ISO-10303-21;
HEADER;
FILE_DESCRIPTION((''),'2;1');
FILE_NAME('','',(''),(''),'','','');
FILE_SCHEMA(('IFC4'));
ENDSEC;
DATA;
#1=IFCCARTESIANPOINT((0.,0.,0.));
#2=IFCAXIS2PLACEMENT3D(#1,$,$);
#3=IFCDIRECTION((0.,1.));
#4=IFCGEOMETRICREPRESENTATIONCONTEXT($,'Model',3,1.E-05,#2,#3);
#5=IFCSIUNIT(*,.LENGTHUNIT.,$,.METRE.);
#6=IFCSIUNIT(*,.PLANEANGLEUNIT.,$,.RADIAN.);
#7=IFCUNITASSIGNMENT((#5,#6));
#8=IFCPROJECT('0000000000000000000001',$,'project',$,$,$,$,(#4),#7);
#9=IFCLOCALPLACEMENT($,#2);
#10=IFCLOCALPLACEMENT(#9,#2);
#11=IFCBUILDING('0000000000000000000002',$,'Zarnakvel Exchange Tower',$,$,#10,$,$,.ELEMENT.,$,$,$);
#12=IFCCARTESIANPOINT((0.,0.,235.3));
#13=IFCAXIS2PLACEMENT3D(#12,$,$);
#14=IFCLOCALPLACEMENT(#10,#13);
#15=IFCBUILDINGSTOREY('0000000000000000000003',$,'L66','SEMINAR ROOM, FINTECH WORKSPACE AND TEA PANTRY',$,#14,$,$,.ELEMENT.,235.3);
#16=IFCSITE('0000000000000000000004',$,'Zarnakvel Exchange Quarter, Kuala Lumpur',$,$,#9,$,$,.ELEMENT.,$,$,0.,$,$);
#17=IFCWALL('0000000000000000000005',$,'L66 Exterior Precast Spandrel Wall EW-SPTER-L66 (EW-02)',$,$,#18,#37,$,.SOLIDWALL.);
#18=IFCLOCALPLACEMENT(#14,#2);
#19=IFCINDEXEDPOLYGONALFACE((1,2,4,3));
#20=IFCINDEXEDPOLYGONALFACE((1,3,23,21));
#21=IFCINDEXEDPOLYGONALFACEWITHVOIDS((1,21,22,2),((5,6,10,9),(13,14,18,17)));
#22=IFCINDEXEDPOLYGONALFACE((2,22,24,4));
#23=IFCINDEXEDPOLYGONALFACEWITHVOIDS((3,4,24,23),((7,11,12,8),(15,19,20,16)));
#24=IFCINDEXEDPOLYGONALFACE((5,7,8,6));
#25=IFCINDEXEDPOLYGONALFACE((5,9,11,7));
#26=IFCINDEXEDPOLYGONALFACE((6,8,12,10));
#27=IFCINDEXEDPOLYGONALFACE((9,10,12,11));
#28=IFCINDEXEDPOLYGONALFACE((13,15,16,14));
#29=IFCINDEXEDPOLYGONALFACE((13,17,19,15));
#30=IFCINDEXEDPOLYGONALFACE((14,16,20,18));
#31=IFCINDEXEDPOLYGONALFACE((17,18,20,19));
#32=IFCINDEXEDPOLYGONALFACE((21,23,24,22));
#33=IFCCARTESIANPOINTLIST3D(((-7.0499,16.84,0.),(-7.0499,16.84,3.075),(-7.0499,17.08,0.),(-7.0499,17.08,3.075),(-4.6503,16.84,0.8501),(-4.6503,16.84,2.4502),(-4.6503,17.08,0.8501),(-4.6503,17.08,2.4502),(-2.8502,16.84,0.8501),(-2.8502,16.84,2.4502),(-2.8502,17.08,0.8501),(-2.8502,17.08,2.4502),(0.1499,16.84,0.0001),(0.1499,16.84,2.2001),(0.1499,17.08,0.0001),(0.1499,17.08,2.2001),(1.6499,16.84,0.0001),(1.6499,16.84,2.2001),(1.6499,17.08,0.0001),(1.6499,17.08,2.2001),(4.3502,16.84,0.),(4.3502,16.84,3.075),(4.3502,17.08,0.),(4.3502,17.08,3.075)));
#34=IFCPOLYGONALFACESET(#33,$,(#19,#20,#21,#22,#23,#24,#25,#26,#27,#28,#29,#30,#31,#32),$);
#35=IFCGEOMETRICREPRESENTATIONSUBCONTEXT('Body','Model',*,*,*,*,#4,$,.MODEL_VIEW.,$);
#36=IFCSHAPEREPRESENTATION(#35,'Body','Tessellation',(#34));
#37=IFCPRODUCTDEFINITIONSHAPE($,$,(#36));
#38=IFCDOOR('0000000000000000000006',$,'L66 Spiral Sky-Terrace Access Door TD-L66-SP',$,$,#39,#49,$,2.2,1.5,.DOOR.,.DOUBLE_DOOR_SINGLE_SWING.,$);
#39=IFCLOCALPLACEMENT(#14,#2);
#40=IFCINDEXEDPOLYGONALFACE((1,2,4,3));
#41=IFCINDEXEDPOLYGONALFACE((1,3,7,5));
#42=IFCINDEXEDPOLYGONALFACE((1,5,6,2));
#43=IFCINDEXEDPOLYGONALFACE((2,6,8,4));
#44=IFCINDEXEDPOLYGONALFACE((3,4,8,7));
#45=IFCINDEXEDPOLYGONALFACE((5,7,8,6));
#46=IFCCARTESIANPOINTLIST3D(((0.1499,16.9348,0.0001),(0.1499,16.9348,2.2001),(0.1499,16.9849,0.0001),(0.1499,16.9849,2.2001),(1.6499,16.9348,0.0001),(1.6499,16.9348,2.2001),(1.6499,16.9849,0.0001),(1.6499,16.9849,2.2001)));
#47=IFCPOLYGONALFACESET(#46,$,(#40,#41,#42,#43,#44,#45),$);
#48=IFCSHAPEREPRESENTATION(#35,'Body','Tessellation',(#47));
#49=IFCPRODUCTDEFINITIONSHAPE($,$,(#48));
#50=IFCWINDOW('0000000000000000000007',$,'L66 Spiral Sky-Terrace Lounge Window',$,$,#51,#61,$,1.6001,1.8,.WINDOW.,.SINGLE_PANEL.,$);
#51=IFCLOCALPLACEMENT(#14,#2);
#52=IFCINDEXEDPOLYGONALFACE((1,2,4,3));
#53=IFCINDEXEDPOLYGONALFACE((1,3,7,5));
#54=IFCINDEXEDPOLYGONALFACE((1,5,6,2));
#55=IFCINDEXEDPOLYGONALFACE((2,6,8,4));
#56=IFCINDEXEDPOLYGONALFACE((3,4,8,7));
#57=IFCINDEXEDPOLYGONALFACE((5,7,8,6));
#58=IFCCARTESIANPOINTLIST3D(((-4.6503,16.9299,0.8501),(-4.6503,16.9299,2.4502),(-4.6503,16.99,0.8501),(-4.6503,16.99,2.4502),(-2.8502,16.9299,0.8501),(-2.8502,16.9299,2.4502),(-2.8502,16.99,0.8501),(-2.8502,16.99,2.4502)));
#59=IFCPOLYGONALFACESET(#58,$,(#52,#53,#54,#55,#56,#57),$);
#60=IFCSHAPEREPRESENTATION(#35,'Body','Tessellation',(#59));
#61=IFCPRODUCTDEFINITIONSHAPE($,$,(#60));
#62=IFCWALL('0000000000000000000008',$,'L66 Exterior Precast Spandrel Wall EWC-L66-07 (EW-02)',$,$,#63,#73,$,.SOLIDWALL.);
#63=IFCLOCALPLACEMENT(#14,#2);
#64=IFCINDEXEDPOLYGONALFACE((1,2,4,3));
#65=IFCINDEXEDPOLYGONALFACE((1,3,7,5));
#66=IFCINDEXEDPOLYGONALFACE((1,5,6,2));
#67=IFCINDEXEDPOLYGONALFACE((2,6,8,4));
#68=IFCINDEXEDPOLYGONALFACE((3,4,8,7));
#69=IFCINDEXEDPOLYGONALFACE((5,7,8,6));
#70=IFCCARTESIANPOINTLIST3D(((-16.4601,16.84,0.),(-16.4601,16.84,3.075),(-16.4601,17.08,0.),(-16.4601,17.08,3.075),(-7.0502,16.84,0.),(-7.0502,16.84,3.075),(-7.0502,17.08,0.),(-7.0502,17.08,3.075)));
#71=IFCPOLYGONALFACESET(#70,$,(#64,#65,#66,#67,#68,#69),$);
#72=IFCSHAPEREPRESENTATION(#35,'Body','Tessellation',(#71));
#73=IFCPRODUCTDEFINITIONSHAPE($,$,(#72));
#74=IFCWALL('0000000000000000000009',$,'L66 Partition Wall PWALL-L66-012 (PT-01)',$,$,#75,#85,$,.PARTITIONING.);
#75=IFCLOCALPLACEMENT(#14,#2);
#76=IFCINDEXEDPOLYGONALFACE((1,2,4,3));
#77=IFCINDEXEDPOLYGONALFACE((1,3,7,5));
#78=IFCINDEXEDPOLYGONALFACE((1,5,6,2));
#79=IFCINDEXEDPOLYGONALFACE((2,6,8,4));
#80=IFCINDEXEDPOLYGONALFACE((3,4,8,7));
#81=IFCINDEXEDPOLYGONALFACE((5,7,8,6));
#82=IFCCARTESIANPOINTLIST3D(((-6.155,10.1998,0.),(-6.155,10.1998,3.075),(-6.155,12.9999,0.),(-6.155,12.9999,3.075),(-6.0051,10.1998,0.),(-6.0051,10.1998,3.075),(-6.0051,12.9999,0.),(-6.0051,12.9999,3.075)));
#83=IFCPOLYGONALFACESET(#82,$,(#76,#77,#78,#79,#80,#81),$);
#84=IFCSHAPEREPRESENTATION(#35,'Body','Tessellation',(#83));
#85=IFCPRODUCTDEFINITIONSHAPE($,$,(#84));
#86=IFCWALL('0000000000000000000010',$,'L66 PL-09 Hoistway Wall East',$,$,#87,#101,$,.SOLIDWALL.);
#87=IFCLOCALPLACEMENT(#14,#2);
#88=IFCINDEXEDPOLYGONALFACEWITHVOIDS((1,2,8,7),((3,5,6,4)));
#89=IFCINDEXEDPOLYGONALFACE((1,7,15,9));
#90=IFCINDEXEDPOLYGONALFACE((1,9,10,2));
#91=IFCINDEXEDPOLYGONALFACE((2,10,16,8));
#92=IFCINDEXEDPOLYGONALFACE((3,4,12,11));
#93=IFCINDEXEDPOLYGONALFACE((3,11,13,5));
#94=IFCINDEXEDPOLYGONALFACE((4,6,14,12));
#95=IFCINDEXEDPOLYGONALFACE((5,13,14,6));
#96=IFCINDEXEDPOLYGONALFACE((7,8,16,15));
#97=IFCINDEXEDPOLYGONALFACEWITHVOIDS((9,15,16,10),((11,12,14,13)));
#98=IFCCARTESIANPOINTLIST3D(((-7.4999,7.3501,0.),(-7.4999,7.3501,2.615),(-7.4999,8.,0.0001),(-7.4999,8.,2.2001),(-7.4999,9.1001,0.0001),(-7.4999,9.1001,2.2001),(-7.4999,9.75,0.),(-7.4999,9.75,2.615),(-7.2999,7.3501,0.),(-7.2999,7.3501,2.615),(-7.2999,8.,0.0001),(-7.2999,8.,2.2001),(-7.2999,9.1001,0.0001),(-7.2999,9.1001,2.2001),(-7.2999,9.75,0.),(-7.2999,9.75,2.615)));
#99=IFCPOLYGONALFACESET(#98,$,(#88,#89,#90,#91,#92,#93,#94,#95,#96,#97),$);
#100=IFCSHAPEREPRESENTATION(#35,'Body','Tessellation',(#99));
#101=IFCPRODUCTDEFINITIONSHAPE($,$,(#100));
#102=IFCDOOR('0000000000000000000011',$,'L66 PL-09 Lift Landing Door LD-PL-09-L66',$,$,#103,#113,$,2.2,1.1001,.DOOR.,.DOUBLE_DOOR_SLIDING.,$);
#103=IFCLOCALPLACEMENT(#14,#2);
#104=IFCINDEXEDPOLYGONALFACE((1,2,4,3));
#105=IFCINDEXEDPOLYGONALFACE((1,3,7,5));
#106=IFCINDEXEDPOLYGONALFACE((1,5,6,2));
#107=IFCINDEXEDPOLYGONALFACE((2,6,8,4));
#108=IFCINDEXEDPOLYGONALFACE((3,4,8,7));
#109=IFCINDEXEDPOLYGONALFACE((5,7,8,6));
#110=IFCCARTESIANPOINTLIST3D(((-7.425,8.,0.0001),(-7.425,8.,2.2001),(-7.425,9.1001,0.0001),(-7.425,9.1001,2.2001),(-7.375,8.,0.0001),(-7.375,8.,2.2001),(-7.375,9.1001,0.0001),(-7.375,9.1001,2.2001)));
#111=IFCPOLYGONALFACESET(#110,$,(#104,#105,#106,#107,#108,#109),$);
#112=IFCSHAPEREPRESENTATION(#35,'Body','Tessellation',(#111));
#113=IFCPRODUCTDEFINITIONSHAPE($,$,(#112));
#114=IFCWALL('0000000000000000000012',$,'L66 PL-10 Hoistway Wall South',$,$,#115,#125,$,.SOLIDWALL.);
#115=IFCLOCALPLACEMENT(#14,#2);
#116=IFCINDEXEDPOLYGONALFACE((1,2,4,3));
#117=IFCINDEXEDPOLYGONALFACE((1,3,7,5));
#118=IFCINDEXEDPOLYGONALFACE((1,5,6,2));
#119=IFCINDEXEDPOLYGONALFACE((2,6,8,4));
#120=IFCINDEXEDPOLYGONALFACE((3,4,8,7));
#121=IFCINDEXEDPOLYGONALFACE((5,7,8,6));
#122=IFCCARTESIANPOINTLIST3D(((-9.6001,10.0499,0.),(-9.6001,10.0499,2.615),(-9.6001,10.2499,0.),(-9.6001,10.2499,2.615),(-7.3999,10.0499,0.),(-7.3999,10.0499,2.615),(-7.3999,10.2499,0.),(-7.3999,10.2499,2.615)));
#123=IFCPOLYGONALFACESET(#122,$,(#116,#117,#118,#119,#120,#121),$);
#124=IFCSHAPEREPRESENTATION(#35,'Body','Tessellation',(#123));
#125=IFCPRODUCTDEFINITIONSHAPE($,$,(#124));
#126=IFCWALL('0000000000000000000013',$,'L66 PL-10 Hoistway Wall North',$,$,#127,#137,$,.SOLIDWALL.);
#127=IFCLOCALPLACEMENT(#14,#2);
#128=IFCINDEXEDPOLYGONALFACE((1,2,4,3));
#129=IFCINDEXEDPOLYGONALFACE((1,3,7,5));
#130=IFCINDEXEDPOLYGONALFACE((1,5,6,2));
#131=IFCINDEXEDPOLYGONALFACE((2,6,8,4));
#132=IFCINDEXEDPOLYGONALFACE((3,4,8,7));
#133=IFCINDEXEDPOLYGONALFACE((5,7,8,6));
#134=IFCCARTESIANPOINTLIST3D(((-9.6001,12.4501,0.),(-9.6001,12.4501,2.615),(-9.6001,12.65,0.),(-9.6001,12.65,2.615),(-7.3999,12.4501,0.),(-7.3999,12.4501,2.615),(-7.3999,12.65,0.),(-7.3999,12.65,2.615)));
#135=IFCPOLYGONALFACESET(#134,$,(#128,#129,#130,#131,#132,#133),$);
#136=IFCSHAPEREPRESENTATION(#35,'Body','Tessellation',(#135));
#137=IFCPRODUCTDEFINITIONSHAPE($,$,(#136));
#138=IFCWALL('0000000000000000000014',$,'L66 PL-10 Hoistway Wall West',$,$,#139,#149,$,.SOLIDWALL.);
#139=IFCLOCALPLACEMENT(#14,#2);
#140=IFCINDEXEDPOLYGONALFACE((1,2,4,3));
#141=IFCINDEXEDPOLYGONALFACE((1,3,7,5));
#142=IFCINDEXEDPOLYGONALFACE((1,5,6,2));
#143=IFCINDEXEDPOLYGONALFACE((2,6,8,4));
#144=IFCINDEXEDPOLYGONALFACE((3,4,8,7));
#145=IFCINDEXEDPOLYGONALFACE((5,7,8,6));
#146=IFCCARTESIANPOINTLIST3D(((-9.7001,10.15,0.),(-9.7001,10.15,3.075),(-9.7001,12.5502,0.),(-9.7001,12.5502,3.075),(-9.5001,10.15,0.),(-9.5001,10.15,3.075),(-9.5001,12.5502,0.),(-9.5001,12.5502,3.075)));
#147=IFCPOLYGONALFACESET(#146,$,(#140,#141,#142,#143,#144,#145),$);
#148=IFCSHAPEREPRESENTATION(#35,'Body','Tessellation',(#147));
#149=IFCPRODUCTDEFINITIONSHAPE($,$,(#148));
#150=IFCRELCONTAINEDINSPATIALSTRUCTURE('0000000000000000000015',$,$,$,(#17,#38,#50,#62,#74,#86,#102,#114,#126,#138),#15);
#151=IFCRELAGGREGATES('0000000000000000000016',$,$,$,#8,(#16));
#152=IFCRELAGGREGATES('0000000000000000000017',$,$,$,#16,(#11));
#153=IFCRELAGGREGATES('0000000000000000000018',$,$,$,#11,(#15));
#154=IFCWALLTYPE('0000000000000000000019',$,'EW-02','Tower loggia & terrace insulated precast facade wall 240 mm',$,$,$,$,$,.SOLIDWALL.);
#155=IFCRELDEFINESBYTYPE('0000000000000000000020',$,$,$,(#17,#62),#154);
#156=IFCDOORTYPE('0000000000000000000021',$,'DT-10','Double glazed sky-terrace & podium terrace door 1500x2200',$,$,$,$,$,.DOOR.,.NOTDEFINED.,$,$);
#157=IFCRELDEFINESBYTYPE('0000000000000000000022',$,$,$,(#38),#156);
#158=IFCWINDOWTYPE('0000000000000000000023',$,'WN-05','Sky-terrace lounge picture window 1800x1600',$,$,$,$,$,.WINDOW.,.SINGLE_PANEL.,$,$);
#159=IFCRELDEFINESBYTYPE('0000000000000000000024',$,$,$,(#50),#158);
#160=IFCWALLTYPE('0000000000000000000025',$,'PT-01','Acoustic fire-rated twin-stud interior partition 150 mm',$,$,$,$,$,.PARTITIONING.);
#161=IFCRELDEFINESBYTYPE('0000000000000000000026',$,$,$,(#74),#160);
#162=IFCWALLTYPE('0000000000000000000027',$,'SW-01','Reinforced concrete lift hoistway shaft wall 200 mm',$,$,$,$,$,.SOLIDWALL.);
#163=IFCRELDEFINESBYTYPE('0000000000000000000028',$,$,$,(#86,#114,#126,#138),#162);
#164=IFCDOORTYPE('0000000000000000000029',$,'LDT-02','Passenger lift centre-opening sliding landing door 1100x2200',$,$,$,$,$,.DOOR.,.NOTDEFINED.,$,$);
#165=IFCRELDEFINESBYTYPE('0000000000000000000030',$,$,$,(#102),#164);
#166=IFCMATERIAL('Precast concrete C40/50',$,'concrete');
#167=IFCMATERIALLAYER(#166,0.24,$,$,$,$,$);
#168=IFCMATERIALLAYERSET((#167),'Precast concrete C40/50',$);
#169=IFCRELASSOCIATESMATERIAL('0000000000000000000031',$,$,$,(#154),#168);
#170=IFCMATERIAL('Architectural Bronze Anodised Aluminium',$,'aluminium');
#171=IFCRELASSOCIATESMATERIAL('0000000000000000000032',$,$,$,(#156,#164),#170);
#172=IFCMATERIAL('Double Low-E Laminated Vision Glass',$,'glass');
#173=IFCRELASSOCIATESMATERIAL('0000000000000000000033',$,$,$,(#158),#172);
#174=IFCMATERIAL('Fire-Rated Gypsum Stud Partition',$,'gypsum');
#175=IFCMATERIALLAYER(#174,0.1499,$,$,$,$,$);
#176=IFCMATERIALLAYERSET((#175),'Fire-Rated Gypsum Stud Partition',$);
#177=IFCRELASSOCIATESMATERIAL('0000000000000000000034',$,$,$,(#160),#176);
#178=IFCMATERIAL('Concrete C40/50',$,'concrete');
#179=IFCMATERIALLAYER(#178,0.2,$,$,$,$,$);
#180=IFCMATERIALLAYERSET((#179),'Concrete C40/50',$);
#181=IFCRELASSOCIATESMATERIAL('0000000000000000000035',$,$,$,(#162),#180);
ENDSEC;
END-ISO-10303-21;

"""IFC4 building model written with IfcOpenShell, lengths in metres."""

from ifc_helpers import new_model, si_unit, direction, frame, frame_2d, origin, place, context, subcontext, project, spatial, rectangle, extrude, source, transform, mapped, material, layer, layer_set, type_object, element, fill, save


model = new_model("IFC4")

# Units and contexts
model_context = context("Model", 3, precision=1e-05, world=origin(), true_north=direction((0.0, 1.0)))
body_context = subcontext(model_context, "Body", "Model", "MODEL_VIEW")
ifc_project = project(units=[si_unit("LENGTHUNIT", "METRE"), si_unit("PLANEANGLEUNIT", "RADIAN")], contexts=[model_context])

# Site, building, storey
site_placement = place(None, origin())
site = spatial("IfcSite", under=ifc_project, at=site_placement, Name="Zarnakvel Exchange Quarter, Kuala Lumpur", CompositionType="ELEMENT", RefElevation=0.0)
building_placement = place(site_placement, origin())
building = spatial("IfcBuilding", under=site, at=building_placement, Name="Zarnakvel Exchange Tower", CompositionType="ELEMENT")
storey_placement = place(building_placement, frame((0.0, 0.0, 235.3)))
storey = spatial("IfcBuildingStorey", under=building, at=storey_placement, Name="L66", Description="SEMINAR ROOM, FINTECH WORKSPACE AND TEA PANTRY", CompositionType="ELEMENT", Elevation=235.3)

# Wall, openings, door, window
ifc_material_1 = material(Name="Precast concrete C40/50", Category="concrete")
ifc_layer_1 = layer(ifc_material_1, 0.24)
ifc_layer_set_1 = layer_set([ifc_layer_1], Name="Precast concrete C40/50")
wall_type_1 = type_object("IfcWallType", Name="EW-02", Description="Tower loggia & terrace insulated precast facade wall 240 mm", PredefinedType="SOLIDWALL", material=ifc_layer_set_1)
wall_1_placement = place(storey_placement, frame((-7.05, 16.96, 0.0), z_axis=(0.0, 0.0, 1.0), x_axis=(1.0, 0.0, 0.0)))
wall_1 = element("IfcWall", 1, at=wall_1_placement, inside=storey, type_object=wall_type_1, Name="L66 Exterior Precast Spandrel Wall EW-SPTER-L66 (EW-02)", PredefinedType="SOLIDWALL", context=body_context, shape_type="SweptSolid", body=[
    extrude(rectangle(XDim=11.4001, YDim=0.24, at=frame_2d((5.7002, 0.0))), origin(), (0.0, 0.0, 1.0), 3.075),
])
opening_1_placement = place(wall_1_placement, frame((7.2, 0.0, 0.0)))
opening_1 = element("IfcOpeningElement", 2, at=opening_1_placement, cuts=wall_1, PredefinedType="OPENING", context=body_context, shape_type="SweptSolid", body=[
    extrude(rectangle(XDim=1.5, YDim=2.2, at=frame_2d((0.75, 1.1001))), frame((0.0, 0.1299, 0.0), z_axis=(0.0, -1.0, 0.0), x_axis=(1.0, 0.0, 0.0)), (0.0, 0.0, 1.0), 0.26),
])
opening_2_placement = place(wall_1_placement, frame((2.3999, 0.0, 0.8501)))
opening_2 = element("IfcOpeningElement", 3, at=opening_2_placement, cuts=wall_1, PredefinedType="OPENING", context=body_context, shape_type="SweptSolid", body=[
    extrude(rectangle(XDim=1.8, YDim=1.6001, at=frame_2d((0.8999, 0.8))), frame((0.0, 0.1299, 0.0), z_axis=(0.0, -1.0, 0.0), x_axis=(1.0, 0.0, 0.0)), (0.0, 0.0, 1.0), 0.26),
])
ifc_material_2 = material(Name="Architectural Bronze Anodised Aluminium", Category="aluminium")
door_type_1 = type_object("IfcDoorType", Name="DT-10", Description="Double glazed sky-terrace & podium terrace door 1500x2200", OperationType="NOTDEFINED", PredefinedType="DOOR", material=ifc_material_2)
shared_shape_1 = source(origin(), body_context, "Body", "SweptSolid", [
    extrude(rectangle(XDim=1.5, YDim=2.2, at=frame_2d((0.75, 1.1001))), frame((0.0, 0.0249, 0.0), z_axis=(0.0, -1.0, 0.0), x_axis=(1.0, 0.0, 0.0)), (0.0, 0.0, 1.0), 0.05),
])
door_1_placement = place(opening_1_placement, origin())
door_1 = element("IfcDoor", 4, at=door_1_placement, inside=storey, type_object=door_type_1, Name="L66 Spiral Sky-Terrace Access Door TD-L66-SP", OperationType="DOUBLE_DOOR_SINGLE_SWING", OverallHeight=2.2, OverallWidth=1.5, PredefinedType="DOOR", context=body_context, shape_type="MappedRepresentation", body=[
    mapped(shared_shape_1, transform((0.0, 0.0, 0.0), x_axis=(1.0, 0.0, 0.0), y_axis=(0.0, 1.0, 0.0), z_axis=(0.0, 0.0, 1.0), scale=1.0)),
])
fill(opening_1, door_1)
ifc_material_3 = material(Name="Double Low-E Laminated Vision Glass", Category="glass")
window_type = type_object("IfcWindowType", Name="WN-05", Description="Sky-terrace lounge picture window 1800x1600", PartitioningType="SINGLE_PANEL", PredefinedType="WINDOW", material=ifc_material_3)
shared_shape_2 = source(origin(), body_context, "Body", "SweptSolid", [
    extrude(rectangle(XDim=1.8, YDim=1.6001, at=frame_2d((0.8999, 0.8))), frame((0.0, 0.03, 0.0), z_axis=(0.0, -1.0, 0.0), x_axis=(1.0, 0.0, 0.0)), (0.0, 0.0, 1.0), 0.0601),
])
window_placement = place(opening_2_placement, origin())
window = element("IfcWindow", 5, at=window_placement, inside=storey, type_object=window_type, Name="L66 Spiral Sky-Terrace Lounge Window", OverallHeight=1.6001, OverallWidth=1.8, PartitioningType="SINGLE_PANEL", PredefinedType="WINDOW", context=body_context, shape_type="MappedRepresentation", body=[
    mapped(shared_shape_2, transform((0.0, 0.0, 0.0), x_axis=(1.0, 0.0, 0.0), y_axis=(0.0, 1.0, 0.0), z_axis=(0.0, 0.0, 1.0), scale=1.0)),
])
fill(opening_2, window)

# Walls
wall_2_placement = place(storey_placement, frame((-7.05, 16.96, 0.0), z_axis=(0.0, 0.0, 1.0), x_axis=(-1.0, 0.0, 0.0)))
element("IfcWall", 6, at=wall_2_placement, inside=storey, type_object=wall_type_1, Name="L66 Exterior Precast Spandrel Wall EWC-L66-07 (EW-02)", PredefinedType="SOLIDWALL", context=body_context, shape_type="SweptSolid", body=[
    extrude(rectangle(XDim=9.4099, YDim=0.24, at=frame_2d((4.7051, 0.0))), origin(), (0.0, 0.0, 1.0), 3.075),
])
ifc_material_4 = material(Name="Fire-Rated Gypsum Stud Partition", Category="gypsum")
ifc_layer_2 = layer(ifc_material_4, 0.1499)
ifc_layer_set_2 = layer_set([ifc_layer_2], Name="Fire-Rated Gypsum Stud Partition")
wall_type_2 = type_object("IfcWallType", Name="PT-01", Description="Acoustic fire-rated twin-stud interior partition 150 mm", PredefinedType="PARTITIONING", material=ifc_layer_set_2)
wall_3_placement = place(storey_placement, frame((-6.0801, 10.2, 0.0), z_axis=(0.0, 0.0, 1.0), x_axis=(0.0, 1.0, 0.0)))
element("IfcWall", 7, at=wall_3_placement, inside=storey, type_object=wall_type_2, Name="L66 Partition Wall PWALL-L66-012 (PT-01)", PredefinedType="PARTITIONING", context=body_context, shape_type="SweptSolid", body=[
    extrude(rectangle(XDim=2.8, YDim=0.1499, at=frame_2d((1.3999, 0.0))), origin(), (0.0, 0.0, 1.0), 3.075),
])

# Wall, opening, door
ifc_material_5 = material(Name="Concrete C40/50", Category="concrete")
ifc_layer_3 = layer(ifc_material_5, 0.2)
ifc_layer_set_3 = layer_set([ifc_layer_3], Name="Concrete C40/50")
wall_type_3 = type_object("IfcWallType", Name="SW-01", Description="Reinforced concrete lift hoistway shaft wall 200 mm", PredefinedType="SOLIDWALL", material=ifc_layer_set_3)
wall_4_placement = place(storey_placement, frame((-7.3999, 9.75, 0.0), z_axis=(0.0, 0.0, 1.0), x_axis=(0.0, -1.0, 0.0)))
wall_4 = element("IfcWall", 8, at=wall_4_placement, inside=storey, type_object=wall_type_3, Name="L66 PL-09 Hoistway Wall East", PredefinedType="SOLIDWALL", context=body_context, shape_type="SweptSolid", body=[
    extrude(rectangle(XDim=2.3999, YDim=0.2, at=frame_2d((1.2, 0.0))), origin(), (0.0, 0.0, 1.0), 2.615),
])
opening_3_placement = place(wall_4_placement, frame((0.6499, 0.0, 0.0)))
opening_3 = element("IfcOpeningElement", 9, at=opening_3_placement, cuts=wall_4, PredefinedType="OPENING", context=body_context, shape_type="SweptSolid", body=[
    extrude(rectangle(XDim=1.1001, YDim=2.2, at=frame_2d((0.55, 1.1001))), frame((0.0, 0.1099, 0.0), z_axis=(0.0, -1.0, 0.0), x_axis=(1.0, 0.0, 0.0)), (0.0, 0.0, 1.0), 0.22),
])
door_type_2 = type_object("IfcDoorType", Name="LDT-02", Description="Passenger lift centre-opening sliding landing door 1100x2200", OperationType="NOTDEFINED", PredefinedType="DOOR", material=ifc_material_2)
shared_shape_3 = source(origin(), body_context, "Body", "SweptSolid", [
    extrude(rectangle(XDim=1.1001, YDim=2.2, at=frame_2d((0.55, 1.1001))), frame((0.0, 0.0249, 0.0), z_axis=(0.0, -1.0, 0.0), x_axis=(1.0, 0.0, 0.0)), (0.0, 0.0, 1.0), 0.05),
])
door_2_placement = place(opening_3_placement, origin())
door_2 = element("IfcDoor", 10, at=door_2_placement, inside=storey, type_object=door_type_2, Name="L66 PL-09 Lift Landing Door LD-PL-09-L66", OperationType="DOUBLE_DOOR_SLIDING", OverallHeight=2.2, OverallWidth=1.1001, PredefinedType="DOOR", context=body_context, shape_type="MappedRepresentation", body=[
    mapped(shared_shape_3, transform((0.0, 0.0, 0.0), x_axis=(1.0, 0.0, 0.0), y_axis=(0.0, 1.0, 0.0), z_axis=(0.0, 0.0, 1.0), scale=1.0)),
])
fill(opening_3, door_2)

# Walls
for number, where, z_axis, x_axis, name in (
    (11, (-7.3999, 10.1499, 0.0), (0.0, 0.0, 1.0), (-1.0, 0.0, 0.0), "L66 PL-10 Hoistway Wall South"),
    (12, (-9.6001, 12.55, 0.0), (0.0, 0.0, 1.0), (1.0, 0.0, 0.0), "L66 PL-10 Hoistway Wall North"),
):
    element("IfcWall", number, at=place(storey_placement, frame(where, z_axis=z_axis, x_axis=x_axis)), inside=storey, type_object=wall_type_3, Name=name, PredefinedType="SOLIDWALL", context=body_context, shape_type="SweptSolid", body=[
        extrude(rectangle(XDim=2.2002, YDim=0.2, at=frame_2d((1.1001, 0.0))), origin(), (0.0, 0.0, 1.0), 2.615),
    ])
wall_5_placement = place(storey_placement, frame((-9.6001, 10.1499, 0.0), z_axis=(0.0, 0.0, 1.0), x_axis=(0.0, 1.0, 0.0)))
element("IfcWall", 13, at=wall_5_placement, inside=storey, type_object=wall_type_3, Name="L66 PL-10 Hoistway Wall West", PredefinedType="SOLIDWALL", context=body_context, shape_type="SweptSolid", body=[
    extrude(rectangle(XDim=2.4001, YDim=0.2, at=frame_2d((1.2002, 0.0))), origin(), (0.0, 0.0, 1.0), 3.075),
])

save(model, "model.ifc")
